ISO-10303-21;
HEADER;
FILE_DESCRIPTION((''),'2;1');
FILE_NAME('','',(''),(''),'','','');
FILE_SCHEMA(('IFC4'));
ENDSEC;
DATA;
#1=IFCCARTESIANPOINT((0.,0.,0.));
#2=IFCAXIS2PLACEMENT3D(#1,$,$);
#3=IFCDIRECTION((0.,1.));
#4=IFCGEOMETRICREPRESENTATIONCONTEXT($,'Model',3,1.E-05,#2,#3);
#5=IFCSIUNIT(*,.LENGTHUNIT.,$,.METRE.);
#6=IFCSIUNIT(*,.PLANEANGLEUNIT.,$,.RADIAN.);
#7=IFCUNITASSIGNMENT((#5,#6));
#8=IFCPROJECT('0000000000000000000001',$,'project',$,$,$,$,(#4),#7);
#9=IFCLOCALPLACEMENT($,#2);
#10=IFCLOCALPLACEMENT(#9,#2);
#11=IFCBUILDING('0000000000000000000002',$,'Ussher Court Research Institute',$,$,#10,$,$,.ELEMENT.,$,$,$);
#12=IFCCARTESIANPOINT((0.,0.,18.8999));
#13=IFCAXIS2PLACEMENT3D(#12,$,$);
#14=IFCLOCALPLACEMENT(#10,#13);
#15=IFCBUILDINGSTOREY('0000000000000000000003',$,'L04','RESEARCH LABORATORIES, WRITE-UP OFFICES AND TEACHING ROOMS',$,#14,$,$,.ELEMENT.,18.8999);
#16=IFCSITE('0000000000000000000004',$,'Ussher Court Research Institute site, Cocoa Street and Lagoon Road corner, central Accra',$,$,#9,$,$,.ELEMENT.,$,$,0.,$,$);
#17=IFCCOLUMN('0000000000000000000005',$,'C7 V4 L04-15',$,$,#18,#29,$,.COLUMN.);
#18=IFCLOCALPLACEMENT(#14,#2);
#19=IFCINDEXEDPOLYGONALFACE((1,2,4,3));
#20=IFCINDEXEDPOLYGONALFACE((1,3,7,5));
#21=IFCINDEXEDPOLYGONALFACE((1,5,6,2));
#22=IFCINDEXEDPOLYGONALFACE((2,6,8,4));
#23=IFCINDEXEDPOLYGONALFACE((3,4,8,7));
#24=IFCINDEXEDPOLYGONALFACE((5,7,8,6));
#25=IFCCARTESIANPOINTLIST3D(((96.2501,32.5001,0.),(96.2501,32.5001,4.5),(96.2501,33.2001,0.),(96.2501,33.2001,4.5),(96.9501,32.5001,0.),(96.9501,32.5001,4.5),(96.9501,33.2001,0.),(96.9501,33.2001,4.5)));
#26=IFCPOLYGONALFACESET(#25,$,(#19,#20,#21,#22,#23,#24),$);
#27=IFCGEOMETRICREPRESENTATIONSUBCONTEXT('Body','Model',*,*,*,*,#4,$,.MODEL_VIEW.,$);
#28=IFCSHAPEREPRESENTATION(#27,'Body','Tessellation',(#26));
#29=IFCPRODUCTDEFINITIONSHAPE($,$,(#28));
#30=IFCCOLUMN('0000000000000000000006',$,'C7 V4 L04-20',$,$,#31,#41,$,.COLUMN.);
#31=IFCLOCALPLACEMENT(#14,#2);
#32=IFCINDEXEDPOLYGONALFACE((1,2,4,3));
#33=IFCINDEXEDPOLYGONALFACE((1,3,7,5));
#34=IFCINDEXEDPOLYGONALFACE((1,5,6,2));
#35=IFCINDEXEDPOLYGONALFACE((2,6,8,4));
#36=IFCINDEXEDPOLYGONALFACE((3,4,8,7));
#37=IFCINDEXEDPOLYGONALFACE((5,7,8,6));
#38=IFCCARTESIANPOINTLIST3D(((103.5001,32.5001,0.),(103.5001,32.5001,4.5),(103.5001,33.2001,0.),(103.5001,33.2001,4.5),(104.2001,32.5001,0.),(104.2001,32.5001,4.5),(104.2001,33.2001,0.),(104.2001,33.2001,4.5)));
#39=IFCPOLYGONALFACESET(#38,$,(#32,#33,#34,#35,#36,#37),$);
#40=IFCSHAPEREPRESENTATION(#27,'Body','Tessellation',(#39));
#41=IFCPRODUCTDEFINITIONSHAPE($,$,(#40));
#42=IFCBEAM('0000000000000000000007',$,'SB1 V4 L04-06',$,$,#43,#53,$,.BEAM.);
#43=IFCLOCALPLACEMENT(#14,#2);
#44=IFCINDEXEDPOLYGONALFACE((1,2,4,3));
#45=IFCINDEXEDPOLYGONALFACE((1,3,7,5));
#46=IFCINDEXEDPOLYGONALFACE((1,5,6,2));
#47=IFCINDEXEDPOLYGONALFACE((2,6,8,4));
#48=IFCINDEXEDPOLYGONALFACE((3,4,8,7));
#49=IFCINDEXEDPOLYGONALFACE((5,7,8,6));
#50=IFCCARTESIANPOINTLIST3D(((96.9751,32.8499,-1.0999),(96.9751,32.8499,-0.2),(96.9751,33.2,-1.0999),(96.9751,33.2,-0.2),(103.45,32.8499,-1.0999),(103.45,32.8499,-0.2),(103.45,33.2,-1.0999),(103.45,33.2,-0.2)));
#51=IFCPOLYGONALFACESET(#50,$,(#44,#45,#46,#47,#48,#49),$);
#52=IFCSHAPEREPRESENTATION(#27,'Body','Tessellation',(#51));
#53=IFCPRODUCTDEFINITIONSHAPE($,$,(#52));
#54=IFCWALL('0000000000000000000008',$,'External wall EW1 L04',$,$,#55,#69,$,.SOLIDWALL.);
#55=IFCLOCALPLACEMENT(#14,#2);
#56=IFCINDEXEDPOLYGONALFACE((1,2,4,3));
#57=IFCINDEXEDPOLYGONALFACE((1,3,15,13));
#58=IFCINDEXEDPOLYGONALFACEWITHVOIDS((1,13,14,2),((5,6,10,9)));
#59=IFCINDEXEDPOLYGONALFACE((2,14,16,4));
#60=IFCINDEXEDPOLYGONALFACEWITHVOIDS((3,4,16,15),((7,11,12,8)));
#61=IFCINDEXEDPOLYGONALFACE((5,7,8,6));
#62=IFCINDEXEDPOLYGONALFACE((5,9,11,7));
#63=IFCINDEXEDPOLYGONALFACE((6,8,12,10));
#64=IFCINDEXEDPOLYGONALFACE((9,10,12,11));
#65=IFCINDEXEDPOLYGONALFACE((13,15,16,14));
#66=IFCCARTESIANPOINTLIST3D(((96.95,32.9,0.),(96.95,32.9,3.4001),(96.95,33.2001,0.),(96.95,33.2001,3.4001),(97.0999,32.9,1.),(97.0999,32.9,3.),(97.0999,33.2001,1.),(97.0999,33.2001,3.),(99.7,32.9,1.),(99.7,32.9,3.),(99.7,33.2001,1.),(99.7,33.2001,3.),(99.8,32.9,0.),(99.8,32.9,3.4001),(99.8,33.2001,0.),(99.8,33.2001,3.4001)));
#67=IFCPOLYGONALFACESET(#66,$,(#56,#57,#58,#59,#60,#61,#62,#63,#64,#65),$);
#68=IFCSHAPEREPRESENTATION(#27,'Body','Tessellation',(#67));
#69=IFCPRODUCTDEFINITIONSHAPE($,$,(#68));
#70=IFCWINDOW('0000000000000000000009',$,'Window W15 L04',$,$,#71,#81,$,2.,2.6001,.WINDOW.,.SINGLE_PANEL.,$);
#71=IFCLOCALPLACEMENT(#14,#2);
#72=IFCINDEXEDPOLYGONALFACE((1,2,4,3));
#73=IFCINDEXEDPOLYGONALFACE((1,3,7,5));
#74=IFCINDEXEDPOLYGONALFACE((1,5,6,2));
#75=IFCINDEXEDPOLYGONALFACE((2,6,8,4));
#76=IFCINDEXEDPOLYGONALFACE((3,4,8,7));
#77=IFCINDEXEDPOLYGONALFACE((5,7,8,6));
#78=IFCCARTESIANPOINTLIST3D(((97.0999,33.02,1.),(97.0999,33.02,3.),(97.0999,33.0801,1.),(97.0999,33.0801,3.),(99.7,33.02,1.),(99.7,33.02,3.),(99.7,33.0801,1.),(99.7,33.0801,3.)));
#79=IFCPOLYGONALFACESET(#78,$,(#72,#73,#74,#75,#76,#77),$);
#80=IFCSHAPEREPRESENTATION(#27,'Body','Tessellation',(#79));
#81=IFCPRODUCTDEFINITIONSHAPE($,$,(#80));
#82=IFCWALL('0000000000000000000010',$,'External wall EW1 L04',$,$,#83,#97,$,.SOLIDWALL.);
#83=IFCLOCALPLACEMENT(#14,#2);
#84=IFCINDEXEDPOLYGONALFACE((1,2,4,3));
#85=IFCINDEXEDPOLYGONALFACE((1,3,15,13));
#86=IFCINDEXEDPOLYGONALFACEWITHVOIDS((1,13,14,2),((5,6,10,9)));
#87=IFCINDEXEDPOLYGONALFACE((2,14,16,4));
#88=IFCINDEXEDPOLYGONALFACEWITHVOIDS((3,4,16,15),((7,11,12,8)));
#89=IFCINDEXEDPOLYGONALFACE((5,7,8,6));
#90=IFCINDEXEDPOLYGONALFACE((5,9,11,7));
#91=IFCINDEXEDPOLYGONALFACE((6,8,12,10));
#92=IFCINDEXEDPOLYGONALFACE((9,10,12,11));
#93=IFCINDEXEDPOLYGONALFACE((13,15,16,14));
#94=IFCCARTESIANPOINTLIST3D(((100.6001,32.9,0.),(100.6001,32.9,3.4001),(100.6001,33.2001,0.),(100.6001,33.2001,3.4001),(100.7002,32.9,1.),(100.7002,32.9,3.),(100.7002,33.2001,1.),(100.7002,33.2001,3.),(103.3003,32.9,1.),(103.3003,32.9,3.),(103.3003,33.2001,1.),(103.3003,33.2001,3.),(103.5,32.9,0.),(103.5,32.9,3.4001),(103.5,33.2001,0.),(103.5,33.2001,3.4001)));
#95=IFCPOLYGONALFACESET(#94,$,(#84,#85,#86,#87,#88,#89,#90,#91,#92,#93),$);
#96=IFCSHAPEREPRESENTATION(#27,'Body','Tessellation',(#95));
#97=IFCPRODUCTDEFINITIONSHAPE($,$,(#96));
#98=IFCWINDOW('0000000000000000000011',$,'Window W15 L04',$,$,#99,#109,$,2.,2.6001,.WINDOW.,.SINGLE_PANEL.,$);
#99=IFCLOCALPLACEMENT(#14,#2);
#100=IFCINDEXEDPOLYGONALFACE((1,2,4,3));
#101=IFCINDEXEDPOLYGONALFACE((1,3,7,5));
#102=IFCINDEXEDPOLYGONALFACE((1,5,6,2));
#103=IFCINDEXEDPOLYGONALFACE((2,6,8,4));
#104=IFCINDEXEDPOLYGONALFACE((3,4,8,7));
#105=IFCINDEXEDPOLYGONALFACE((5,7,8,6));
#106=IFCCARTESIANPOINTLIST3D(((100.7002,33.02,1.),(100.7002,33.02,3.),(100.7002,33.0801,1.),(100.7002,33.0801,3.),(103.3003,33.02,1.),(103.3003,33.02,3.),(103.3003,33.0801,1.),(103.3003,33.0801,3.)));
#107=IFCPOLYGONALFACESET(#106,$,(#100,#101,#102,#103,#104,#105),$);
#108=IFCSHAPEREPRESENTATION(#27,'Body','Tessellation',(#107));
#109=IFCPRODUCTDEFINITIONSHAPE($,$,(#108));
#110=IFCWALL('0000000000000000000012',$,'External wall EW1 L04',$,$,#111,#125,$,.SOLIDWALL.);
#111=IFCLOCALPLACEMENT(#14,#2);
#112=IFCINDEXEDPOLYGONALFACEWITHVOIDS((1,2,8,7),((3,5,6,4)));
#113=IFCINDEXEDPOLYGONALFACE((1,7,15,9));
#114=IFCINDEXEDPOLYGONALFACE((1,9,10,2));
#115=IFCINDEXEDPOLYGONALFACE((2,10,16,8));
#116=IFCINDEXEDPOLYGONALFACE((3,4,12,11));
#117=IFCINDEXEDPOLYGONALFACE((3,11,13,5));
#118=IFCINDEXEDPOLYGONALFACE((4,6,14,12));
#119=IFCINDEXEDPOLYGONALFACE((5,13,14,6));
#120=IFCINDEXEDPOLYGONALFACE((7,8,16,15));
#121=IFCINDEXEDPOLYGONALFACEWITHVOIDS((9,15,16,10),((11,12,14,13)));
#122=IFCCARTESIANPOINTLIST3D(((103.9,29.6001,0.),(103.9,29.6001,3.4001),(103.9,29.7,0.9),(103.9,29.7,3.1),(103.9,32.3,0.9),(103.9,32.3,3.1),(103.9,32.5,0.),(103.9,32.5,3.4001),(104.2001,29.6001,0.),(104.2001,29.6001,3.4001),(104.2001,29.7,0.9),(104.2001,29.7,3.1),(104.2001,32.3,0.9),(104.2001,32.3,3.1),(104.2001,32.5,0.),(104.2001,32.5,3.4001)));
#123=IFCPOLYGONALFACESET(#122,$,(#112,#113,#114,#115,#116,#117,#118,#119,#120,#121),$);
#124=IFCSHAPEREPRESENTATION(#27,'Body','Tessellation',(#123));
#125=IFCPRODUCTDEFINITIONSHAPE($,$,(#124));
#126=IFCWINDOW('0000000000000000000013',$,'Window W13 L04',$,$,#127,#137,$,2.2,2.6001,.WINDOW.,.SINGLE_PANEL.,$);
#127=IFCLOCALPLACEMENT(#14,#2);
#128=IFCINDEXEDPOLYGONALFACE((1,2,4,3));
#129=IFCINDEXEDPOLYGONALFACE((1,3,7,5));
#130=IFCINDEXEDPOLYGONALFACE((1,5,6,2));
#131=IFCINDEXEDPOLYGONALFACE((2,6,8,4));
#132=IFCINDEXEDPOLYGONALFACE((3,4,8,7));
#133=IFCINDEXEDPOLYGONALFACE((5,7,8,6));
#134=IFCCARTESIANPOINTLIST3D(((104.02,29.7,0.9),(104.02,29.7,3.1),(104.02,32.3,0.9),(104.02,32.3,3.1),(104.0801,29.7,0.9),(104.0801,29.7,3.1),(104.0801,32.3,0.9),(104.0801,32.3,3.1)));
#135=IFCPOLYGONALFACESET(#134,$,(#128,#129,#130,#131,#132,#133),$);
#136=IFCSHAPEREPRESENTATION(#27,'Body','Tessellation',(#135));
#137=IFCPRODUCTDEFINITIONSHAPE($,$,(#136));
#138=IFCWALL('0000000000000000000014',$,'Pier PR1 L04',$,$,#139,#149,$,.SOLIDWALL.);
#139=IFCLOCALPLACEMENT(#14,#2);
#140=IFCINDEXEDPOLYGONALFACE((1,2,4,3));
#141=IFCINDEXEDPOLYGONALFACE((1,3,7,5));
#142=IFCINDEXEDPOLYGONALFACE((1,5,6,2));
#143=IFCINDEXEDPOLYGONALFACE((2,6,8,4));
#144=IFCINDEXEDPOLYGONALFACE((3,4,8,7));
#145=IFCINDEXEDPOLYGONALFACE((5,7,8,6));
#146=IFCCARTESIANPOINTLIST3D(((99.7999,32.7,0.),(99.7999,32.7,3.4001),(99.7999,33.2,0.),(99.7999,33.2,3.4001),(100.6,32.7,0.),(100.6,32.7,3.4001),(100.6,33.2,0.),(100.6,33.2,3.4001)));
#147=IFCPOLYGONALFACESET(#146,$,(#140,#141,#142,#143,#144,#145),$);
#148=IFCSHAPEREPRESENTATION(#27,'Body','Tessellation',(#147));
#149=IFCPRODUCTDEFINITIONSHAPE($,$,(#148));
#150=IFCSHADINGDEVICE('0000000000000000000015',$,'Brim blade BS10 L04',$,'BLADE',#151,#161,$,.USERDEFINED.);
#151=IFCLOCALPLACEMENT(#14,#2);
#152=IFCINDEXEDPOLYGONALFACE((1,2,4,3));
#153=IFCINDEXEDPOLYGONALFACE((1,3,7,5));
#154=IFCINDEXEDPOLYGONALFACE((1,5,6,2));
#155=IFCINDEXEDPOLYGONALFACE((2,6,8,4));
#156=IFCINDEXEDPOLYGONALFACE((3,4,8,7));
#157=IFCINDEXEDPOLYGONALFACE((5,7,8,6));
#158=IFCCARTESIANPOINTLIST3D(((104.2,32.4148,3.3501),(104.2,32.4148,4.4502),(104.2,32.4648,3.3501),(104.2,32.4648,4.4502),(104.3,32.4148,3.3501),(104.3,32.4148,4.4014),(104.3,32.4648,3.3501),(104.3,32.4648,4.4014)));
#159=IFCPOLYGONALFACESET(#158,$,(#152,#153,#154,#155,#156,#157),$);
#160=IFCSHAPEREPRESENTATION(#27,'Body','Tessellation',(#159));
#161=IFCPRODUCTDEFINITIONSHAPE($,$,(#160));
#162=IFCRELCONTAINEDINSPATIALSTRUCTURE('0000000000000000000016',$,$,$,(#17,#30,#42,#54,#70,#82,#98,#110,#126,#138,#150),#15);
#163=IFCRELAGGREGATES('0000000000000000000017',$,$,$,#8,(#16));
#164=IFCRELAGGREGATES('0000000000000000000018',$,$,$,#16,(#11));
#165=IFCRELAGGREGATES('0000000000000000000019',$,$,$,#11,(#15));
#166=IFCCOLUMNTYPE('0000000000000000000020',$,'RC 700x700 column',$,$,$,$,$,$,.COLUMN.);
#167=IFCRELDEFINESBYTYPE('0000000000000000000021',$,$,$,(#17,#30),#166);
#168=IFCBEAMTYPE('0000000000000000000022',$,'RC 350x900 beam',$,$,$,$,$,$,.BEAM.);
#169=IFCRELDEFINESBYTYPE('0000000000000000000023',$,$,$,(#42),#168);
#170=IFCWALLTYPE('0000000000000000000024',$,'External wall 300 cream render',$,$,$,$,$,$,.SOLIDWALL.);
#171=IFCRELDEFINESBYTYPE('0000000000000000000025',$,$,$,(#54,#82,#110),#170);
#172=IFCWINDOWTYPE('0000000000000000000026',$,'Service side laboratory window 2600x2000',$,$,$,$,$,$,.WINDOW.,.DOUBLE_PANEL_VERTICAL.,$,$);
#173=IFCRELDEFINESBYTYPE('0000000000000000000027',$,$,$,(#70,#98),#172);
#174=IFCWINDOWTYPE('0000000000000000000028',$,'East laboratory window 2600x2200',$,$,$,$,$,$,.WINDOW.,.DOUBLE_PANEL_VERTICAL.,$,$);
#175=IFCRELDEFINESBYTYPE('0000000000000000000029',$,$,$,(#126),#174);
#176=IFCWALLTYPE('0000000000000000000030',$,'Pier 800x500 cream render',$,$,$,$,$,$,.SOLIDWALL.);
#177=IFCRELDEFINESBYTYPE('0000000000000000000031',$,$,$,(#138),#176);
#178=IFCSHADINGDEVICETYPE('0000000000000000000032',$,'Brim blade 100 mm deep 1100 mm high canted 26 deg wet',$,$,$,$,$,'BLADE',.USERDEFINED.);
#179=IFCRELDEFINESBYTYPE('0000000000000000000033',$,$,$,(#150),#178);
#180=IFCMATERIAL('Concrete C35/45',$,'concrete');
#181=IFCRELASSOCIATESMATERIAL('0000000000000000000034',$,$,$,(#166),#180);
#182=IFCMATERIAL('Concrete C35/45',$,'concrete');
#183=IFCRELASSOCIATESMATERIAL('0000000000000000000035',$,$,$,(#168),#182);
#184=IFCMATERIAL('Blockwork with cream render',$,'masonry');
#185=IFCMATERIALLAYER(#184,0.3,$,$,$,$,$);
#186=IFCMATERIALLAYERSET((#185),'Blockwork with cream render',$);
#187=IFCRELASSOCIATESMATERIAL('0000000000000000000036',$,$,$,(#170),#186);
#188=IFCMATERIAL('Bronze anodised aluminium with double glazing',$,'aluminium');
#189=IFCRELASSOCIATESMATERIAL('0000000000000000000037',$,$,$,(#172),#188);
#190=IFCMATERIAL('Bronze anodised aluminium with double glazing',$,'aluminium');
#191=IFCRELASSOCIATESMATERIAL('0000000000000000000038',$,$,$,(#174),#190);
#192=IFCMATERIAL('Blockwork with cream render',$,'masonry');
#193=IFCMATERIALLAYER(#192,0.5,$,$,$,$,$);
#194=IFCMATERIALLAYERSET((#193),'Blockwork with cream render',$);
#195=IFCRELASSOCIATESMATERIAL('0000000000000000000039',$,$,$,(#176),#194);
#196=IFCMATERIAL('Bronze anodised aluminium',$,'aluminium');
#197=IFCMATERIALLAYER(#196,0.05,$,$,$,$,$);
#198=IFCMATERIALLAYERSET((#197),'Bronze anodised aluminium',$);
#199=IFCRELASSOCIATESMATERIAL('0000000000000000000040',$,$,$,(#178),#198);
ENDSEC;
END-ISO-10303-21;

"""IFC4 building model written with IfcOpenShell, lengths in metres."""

from ifc_helpers import new_model, si_unit, direction, frame, frame_2d, origin, origin_2d, place, context, subcontext, project, spatial, polyline, rectangle, outline, extrude, material, layer, layer_set, material_profile, profile_set, type_object, element, fill, save


model = new_model("IFC4")

# Units and contexts
model_context = context("Model", 3, precision=1e-05, world=origin(), true_north=direction((0.0, 1.0)))
body_context = subcontext(model_context, "Body", "Model", "MODEL_VIEW")
ifc_project = project(units=[si_unit("LENGTHUNIT", "METRE"), si_unit("PLANEANGLEUNIT", "RADIAN")], contexts=[model_context])

# Site, building, storey
site_placement = place(None, origin())
site = spatial("IfcSite", under=ifc_project, at=site_placement, Name="Ussher Court Research Institute site, Cocoa Street and Lagoon Road corner, central Accra", CompositionType="ELEMENT", RefElevation=0.0)
building_placement = place(site_placement, origin())
building = spatial("IfcBuilding", under=site, at=building_placement, Name="Ussher Court Research Institute", CompositionType="ELEMENT")
storey_placement = place(building_placement, frame((0.0, 0.0, 18.8999)))
storey = spatial("IfcBuildingStorey", under=building, at=storey_placement, Name="L04", Description="RESEARCH LABORATORIES, WRITE-UP OFFICES AND TEACHING ROOMS", CompositionType="ELEMENT", Elevation=18.8999)

# Columns
ifc_material_1 = material(Name="Concrete C35/45", Category="concrete")
ifc_material_profile_1 = material_profile(ifc_material_1, rectangle(XDim=0.7, YDim=0.7, at=origin_2d()), Name="RC 700x700")
ifc_profile_set_1 = profile_set([ifc_material_profile_1], Name="Concrete C35/45")
column_type = type_object("IfcColumnType", Name="RC 700x700 column", PredefinedType="COLUMN", material=ifc_profile_set_1)
for number, where, z_axis, x_axis, name in (
    (1, (96.6001, 32.8501, 0.0), (0.0, 0.0, 1.0), (1.0, 0.0, 0.0), "C7 V4 L04-15"),
    (2, (103.8501, 32.8501, 0.0), (0.0, 0.0, 1.0), (1.0, 0.0, 0.0), "C7 V4 L04-20"),
):
    element("IfcColumn", number, at=place(storey_placement, frame(where, z_axis=z_axis, x_axis=x_axis)), inside=storey, type_object=column_type, Name=name, PredefinedType="COLUMN", context=body_context, shape_type="SweptSolid", body=[
        extrude(rectangle(XDim=0.7, YDim=0.7, at=origin_2d()), origin(), (0.0, 0.0, 1.0), 4.5),
    ])

# Beam
ifc_material_2 = material(Name="Concrete C35/45", Category="concrete")
ifc_material_profile_2 = material_profile(ifc_material_2, rectangle(XDim=0.3501, YDim=0.8999, at=origin_2d()), Name="RC 350x900")
ifc_profile_set_2 = profile_set([ifc_material_profile_2], Name="Concrete C35/45")
beam_type = type_object("IfcBeamType", Name="RC 350x900 beam", PredefinedType="BEAM", material=ifc_profile_set_2)
beam_placement = place(storey_placement, frame((96.9751, 33.0249, -0.6499), z_axis=(1.0, 0.0, 0.0), x_axis=(0.0, 1.0, 0.0)))
element("IfcBeam", 3, at=beam_placement, inside=storey, type_object=beam_type, Name="SB1 V4 L04-06", PredefinedType="BEAM", context=body_context, shape_type="SweptSolid", body=[
    extrude(rectangle(XDim=0.3501, YDim=0.8999, at=origin_2d()), origin(), (0.0, 0.0, 1.0), 6.4749),
])

# Walls, openings, windows
ifc_material_3 = material(Name="Blockwork with cream render", Category="masonry")
ifc_layer_1 = layer(ifc_material_3, 0.3)
ifc_layer_set_1 = layer_set([ifc_layer_1], Name="Blockwork with cream render")
wall_type_1 = type_object("IfcWallType", Name="External wall 300 cream render", PredefinedType="SOLIDWALL", material=ifc_layer_set_1)
wall_1_placement = place(storey_placement, frame((96.95, 33.05, 0.0), z_axis=(0.0, 0.0, 1.0), x_axis=(1.0, 0.0, 0.0)))
wall_1 = element("IfcWall", 4, at=wall_1_placement, inside=storey, type_object=wall_type_1, Name="External wall EW1 L04", PredefinedType="SOLIDWALL", context=body_context, shape_type="SweptSolid", body=[
    extrude(rectangle(XDim=2.8501, YDim=0.3, at=frame_2d((1.425, 0.0))), origin(), (0.0, 0.0, 1.0), 3.4001),
])
opening_1_placement = place(wall_1_placement, frame((0.1499, 0.0, 1.0)))
opening_1 = element("IfcOpeningElement", 5, at=opening_1_placement, cuts=wall_1, PredefinedType="OPENING", context=body_context, shape_type="SweptSolid", body=[
    extrude(rectangle(XDim=2.6001, YDim=2.0, at=frame_2d((1.3, 1.0))), frame((0.0, 0.1602, 0.0), z_axis=(0.0, -1.0, 0.0), x_axis=(1.0, 0.0, 0.0)), (0.0, 0.0, 1.0), 0.3201),
])
ifc_material_4 = material(Name="Bronze anodised aluminium with double glazing", Category="aluminium")
window_type_1 = type_object("IfcWindowType", Name="Service side laboratory window 2600x2000", PartitioningType="DOUBLE_PANEL_VERTICAL", PredefinedType="WINDOW", material=ifc_material_4)
window_1_placement = place(opening_1_placement, origin())
window_1 = element("IfcWindow", 6, at=window_1_placement, inside=storey, type_object=window_type_1, Name="Window W15 L04", OverallHeight=2.0, OverallWidth=2.6001, PartitioningType="SINGLE_PANEL", PredefinedType="WINDOW", context=body_context, shape_type="SweptSolid", body=[
    extrude(rectangle(XDim=2.6001, YDim=2.0, at=frame_2d((1.3, 1.0))), frame((0.0, 0.03, 0.0), z_axis=(0.0, -1.0, 0.0), x_axis=(1.0, 0.0, 0.0)), (0.0, 0.0, 1.0), 0.0601),
])
fill(opening_1, window_1)
wall_2_placement = place(storey_placement, frame((100.6001, 33.05, 0.0), z_axis=(0.0, 0.0, 1.0), x_axis=(1.0, 0.0, 0.0)))
wall_2 = element("IfcWall", 7, at=wall_2_placement, inside=storey, type_object=wall_type_1, Name="External wall EW1 L04", PredefinedType="SOLIDWALL", context=body_context, shape_type="SweptSolid", body=[
    extrude(rectangle(XDim=2.8999, YDim=0.3, at=frame_2d((1.45, 0.0))), origin(), (0.0, 0.0, 1.0), 3.4001),
])
opening_2_placement = place(wall_2_placement, frame((0.1001, 0.0, 1.0)))
opening_2 = element("IfcOpeningElement", 8, at=opening_2_placement, cuts=wall_2, PredefinedType="OPENING", context=body_context, shape_type="SweptSolid", body=[
    extrude(rectangle(XDim=2.6001, YDim=2.0, at=frame_2d((1.3, 1.0))), frame((0.0, 0.1602, 0.0), z_axis=(0.0, -1.0, 0.0), x_axis=(1.0, 0.0, 0.0)), (0.0, 0.0, 1.0), 0.3201),
])
window_2_placement = place(opening_2_placement, origin())
window_2 = element("IfcWindow", 9, at=window_2_placement, inside=storey, type_object=window_type_1, Name="Window W15 L04", OverallHeight=2.0, OverallWidth=2.6001, PartitioningType="SINGLE_PANEL", PredefinedType="WINDOW", context=body_context, shape_type="SweptSolid", body=[
    extrude(rectangle(XDim=2.6001, YDim=2.0, at=frame_2d((1.3, 1.0))), frame((0.0, 0.03, 0.0), z_axis=(0.0, -1.0, 0.0), x_axis=(1.0, 0.0, 0.0)), (0.0, 0.0, 1.0), 0.0601),
])
fill(opening_2, window_2)
wall_3_placement = place(storey_placement, frame((104.05, 32.5, 0.0), z_axis=(0.0, 0.0, 1.0), x_axis=(0.0, -1.0, 0.0)))
wall_3 = element("IfcWall", 10, at=wall_3_placement, inside=storey, type_object=wall_type_1, Name="External wall EW1 L04", PredefinedType="SOLIDWALL", context=body_context, shape_type="SweptSolid", body=[
    extrude(rectangle(XDim=2.8999, YDim=0.3, at=frame_2d((1.45, 0.0))), origin(), (0.0, 0.0, 1.0), 3.4001),
])
opening_3_placement = place(wall_3_placement, frame((0.2, 0.0, 0.8999)))
opening_3 = element("IfcOpeningElement", 11, at=opening_3_placement, cuts=wall_3, PredefinedType="OPENING", context=body_context, shape_type="SweptSolid", body=[
    extrude(rectangle(XDim=2.6001, YDim=2.2, at=frame_2d((1.3, 1.1001))), frame((0.0, 0.1602, 0.0), z_axis=(0.0, -1.0, 0.0), x_axis=(1.0, 0.0, 0.0)), (0.0, 0.0, 1.0), 0.3201),
])
ifc_material_5 = material(Name="Bronze anodised aluminium with double glazing", Category="aluminium")
window_type_2 = type_object("IfcWindowType", Name="East laboratory window 2600x2200", PartitioningType="DOUBLE_PANEL_VERTICAL", PredefinedType="WINDOW", material=ifc_material_5)
window_3_placement = place(opening_3_placement, origin())
window_3 = element("IfcWindow", 12, at=window_3_placement, inside=storey, type_object=window_type_2, Name="Window W13 L04", OverallHeight=2.2, OverallWidth=2.6001, PartitioningType="SINGLE_PANEL", PredefinedType="WINDOW", context=body_context, shape_type="SweptSolid", body=[
    extrude(rectangle(XDim=2.6001, YDim=2.2, at=frame_2d((1.3, 1.1001))), frame((0.0, 0.03, 0.0), z_axis=(0.0, -1.0, 0.0), x_axis=(1.0, 0.0, 0.0)), (0.0, 0.0, 1.0), 0.0601),
])
fill(opening_3, window_3)

# Wall
ifc_material_6 = material(Name="Blockwork with cream render", Category="masonry")
ifc_layer_2 = layer(ifc_material_6, 0.5)
ifc_layer_set_2 = layer_set([ifc_layer_2], Name="Blockwork with cream render")
wall_type_2 = type_object("IfcWallType", Name="Pier 800x500 cream render", PredefinedType="SOLIDWALL", material=ifc_layer_set_2)
wall_4_placement = place(storey_placement, frame((99.8, 32.95, 0.0), z_axis=(0.0, 0.0, 1.0), x_axis=(1.0, 0.0, 0.0)))
element("IfcWall", 13, at=wall_4_placement, inside=storey, type_object=wall_type_2, Name="Pier PR1 L04", PredefinedType="SOLIDWALL", context=body_context, shape_type="SweptSolid", body=[
    extrude(rectangle(XDim=0.8, YDim=0.5, at=frame_2d((0.3999, 0.0))), origin(), (0.0, 0.0, 1.0), 3.4001),
])

# Shading device
ifc_material_7 = material(Name="Bronze anodised aluminium", Category="aluminium")
ifc_layer_3 = layer(ifc_material_7, 0.05)
ifc_layer_set_3 = layer_set([ifc_layer_3], Name="Bronze anodised aluminium")
shading_device_type_1 = type_object("IfcShadingDeviceType", Name="Brim blade 100 mm deep 1100 mm high canted 26 deg wet", ElementType="BLADE", PredefinedType="USERDEFINED", material=ifc_layer_set_3)
shading_device_1_placement = place(storey_placement, frame((104.2, 32.4399, 3.3501), z_axis=(0.0, 0.0, 1.0), x_axis=(1.0, 0.0, 0.0)))
element("IfcShadingDevice", 14, at=shading_device_1_placement, inside=storey, type_object=shading_device_type_1, Name="Brim blade BS10 L04", ObjectType="BLADE", PredefinedType="USERDEFINED", context=body_context, shape_type="SweptSolid", body=[
    extrude(outline(polyline([(0.0, 0.0), (0.1001, 0.0), (0.1001, 1.0513), (0.0, 1.1001), (0.0, 0.0)])), frame((0.0, 0.0249, 0.0), z_axis=(0.0, -1.0, 0.0), x_axis=(1.0, 0.0, 0.0)), (0.0, 0.0, 1.0), 0.05),
])

save(model, "model.ifc")
